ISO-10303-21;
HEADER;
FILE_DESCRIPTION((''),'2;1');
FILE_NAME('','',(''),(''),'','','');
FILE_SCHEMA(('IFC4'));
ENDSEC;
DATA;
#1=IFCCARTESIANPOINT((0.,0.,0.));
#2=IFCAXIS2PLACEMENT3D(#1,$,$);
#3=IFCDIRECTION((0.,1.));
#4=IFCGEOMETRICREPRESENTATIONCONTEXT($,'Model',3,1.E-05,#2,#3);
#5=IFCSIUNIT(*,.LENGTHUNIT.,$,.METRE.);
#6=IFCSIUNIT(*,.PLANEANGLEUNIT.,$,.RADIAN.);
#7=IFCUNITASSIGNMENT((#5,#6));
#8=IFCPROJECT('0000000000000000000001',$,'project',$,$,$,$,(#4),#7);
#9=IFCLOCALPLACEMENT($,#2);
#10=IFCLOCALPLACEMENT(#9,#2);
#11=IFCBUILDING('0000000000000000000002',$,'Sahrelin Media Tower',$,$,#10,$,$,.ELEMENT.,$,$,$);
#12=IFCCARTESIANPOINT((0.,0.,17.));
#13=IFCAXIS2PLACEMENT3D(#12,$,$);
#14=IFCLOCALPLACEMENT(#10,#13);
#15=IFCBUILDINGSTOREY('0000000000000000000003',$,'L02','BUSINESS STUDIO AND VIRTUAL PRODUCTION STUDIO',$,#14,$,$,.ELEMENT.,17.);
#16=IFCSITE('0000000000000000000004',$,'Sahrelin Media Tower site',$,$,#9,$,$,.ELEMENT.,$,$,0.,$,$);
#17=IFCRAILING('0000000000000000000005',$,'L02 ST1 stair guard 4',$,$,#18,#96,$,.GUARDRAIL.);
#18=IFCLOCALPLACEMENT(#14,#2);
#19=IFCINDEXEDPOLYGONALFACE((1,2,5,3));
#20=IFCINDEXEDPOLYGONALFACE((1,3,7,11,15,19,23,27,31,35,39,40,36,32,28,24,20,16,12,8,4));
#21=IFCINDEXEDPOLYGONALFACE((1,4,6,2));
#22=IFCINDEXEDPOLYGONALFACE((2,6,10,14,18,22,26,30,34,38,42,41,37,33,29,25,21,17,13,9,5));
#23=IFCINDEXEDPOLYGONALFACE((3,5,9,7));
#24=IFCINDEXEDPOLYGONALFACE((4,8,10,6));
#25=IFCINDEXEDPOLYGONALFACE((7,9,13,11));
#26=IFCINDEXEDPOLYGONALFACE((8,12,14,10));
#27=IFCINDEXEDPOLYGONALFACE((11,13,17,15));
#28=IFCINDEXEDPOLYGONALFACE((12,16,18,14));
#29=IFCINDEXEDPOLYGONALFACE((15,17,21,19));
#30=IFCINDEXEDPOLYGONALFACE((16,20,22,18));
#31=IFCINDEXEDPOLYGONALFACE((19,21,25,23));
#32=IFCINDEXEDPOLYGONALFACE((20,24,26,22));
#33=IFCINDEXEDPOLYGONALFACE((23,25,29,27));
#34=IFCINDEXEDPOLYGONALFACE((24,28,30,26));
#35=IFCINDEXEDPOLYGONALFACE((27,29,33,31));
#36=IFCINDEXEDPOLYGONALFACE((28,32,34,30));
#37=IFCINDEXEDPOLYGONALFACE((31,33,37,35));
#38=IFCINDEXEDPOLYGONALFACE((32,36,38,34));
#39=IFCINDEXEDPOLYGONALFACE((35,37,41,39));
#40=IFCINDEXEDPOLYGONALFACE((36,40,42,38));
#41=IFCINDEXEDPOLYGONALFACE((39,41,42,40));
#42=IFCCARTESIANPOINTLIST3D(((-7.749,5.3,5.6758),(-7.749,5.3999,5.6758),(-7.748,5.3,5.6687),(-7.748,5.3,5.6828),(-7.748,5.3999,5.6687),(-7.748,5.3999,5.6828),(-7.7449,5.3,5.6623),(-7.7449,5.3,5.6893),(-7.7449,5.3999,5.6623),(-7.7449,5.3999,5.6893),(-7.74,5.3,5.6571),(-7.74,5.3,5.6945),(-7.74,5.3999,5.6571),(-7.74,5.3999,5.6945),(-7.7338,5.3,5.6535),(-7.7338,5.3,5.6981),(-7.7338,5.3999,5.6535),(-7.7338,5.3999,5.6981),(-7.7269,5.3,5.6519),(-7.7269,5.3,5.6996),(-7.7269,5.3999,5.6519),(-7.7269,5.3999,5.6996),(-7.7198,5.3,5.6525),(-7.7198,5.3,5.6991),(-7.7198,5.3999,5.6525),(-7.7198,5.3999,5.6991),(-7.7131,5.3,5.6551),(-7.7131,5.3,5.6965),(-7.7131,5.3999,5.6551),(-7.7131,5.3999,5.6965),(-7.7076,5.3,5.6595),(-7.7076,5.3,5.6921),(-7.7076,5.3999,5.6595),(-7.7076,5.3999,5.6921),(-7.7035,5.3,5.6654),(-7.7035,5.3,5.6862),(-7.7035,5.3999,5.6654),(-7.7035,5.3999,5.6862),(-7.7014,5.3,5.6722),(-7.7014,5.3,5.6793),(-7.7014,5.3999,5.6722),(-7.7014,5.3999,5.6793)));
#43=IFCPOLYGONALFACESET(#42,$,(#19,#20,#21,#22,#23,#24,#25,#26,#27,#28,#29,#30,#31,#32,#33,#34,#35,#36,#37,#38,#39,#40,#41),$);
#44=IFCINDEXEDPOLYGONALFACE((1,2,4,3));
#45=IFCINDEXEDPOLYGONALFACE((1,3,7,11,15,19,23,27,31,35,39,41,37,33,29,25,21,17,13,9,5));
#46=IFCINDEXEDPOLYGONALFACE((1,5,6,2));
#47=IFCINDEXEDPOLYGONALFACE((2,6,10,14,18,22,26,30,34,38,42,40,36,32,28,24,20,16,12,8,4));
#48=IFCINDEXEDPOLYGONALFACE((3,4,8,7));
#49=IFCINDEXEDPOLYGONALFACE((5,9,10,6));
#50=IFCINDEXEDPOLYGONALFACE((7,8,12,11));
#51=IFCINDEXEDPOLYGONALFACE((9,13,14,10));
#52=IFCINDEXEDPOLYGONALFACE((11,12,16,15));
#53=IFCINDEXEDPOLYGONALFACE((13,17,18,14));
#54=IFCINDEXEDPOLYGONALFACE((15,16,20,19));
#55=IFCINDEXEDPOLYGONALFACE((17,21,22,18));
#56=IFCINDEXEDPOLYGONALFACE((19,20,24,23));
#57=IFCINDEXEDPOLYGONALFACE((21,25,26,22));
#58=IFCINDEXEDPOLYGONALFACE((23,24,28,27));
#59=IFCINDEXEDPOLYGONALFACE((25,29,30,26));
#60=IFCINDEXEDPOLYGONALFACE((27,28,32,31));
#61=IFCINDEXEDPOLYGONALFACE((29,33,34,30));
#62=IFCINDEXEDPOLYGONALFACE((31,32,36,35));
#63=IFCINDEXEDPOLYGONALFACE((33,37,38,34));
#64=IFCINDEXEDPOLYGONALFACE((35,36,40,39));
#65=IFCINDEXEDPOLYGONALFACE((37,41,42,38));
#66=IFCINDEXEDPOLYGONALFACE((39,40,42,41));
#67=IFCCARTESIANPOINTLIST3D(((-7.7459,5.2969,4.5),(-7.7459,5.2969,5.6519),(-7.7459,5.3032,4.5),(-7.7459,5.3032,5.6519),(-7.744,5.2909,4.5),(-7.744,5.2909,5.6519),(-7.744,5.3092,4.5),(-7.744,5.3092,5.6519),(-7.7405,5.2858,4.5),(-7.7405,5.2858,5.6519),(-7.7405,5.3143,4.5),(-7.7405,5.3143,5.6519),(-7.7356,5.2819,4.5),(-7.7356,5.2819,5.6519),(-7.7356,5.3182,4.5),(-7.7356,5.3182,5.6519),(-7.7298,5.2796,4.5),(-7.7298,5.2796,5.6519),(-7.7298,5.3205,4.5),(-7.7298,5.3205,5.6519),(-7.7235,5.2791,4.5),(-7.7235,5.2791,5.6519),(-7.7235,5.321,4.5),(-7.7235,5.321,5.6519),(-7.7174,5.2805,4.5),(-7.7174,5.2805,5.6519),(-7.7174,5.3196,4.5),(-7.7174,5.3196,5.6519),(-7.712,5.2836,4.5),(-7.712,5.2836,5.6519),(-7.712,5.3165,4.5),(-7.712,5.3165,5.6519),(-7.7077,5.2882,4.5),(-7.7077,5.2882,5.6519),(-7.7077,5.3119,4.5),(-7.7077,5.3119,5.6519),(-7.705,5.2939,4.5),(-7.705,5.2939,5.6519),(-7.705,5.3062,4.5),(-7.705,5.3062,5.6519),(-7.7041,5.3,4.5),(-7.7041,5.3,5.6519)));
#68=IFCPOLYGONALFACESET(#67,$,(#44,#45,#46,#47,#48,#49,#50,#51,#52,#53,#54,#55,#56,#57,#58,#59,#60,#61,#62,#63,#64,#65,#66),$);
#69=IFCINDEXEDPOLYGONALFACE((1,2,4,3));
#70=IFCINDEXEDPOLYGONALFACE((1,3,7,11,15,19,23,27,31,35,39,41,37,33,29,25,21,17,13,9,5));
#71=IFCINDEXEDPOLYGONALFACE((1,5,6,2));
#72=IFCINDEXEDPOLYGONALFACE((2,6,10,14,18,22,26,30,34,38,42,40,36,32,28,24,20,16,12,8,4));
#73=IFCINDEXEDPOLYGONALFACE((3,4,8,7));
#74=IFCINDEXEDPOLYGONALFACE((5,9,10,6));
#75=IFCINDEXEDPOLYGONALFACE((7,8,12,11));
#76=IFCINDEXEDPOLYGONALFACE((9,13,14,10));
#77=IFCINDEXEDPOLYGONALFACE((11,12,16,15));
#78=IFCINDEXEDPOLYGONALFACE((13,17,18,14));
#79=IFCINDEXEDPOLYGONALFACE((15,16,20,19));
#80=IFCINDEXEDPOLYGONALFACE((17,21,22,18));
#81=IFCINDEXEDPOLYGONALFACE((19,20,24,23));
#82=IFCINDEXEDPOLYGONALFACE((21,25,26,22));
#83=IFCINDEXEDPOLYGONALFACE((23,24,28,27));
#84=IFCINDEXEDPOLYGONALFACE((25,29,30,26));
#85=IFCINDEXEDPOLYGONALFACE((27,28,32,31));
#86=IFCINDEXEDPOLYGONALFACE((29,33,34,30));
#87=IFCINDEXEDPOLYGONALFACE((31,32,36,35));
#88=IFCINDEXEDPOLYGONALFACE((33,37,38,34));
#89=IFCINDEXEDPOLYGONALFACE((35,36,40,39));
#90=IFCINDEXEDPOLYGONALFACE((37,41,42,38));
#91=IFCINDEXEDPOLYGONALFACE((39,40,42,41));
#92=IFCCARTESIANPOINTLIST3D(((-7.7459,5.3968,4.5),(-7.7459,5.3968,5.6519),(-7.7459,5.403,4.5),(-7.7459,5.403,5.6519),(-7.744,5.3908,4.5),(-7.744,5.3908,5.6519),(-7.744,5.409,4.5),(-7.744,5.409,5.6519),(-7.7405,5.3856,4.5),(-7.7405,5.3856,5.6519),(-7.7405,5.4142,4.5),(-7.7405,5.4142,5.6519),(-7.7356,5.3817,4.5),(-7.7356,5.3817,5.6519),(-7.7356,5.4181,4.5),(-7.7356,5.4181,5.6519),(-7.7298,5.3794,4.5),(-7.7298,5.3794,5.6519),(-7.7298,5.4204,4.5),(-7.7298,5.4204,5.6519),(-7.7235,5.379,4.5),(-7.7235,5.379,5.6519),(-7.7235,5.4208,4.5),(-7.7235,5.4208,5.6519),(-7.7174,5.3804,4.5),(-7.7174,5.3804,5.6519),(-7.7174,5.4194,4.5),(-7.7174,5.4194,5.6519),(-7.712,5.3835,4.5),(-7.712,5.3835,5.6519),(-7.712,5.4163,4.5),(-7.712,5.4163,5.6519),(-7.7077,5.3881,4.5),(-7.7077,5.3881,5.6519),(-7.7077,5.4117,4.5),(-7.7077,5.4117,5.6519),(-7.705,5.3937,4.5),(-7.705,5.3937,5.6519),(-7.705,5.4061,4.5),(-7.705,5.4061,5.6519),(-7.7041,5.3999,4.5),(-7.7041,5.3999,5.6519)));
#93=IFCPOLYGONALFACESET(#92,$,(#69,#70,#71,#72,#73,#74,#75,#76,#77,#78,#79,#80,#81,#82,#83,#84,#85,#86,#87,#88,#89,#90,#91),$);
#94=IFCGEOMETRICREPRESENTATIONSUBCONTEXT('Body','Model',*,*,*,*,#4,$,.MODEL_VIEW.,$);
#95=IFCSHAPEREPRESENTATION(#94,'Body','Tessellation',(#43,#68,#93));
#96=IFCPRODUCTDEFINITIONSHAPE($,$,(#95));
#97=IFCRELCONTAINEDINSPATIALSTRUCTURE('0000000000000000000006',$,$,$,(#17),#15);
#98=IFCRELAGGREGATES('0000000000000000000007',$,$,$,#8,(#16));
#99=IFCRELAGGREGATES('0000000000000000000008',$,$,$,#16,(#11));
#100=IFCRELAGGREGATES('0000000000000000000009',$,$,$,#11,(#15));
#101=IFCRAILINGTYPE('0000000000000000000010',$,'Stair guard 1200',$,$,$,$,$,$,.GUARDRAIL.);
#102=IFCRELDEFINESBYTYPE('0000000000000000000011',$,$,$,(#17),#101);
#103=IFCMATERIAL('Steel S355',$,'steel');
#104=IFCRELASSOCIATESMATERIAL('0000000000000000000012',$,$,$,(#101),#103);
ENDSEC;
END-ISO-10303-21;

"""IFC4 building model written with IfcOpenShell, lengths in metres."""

from ifc_helpers import new_model, si_unit, direction, frame, origin, origin_2d, place, context, subcontext, project, spatial, circle, extrude, material, type_object, element, save


model = new_model("IFC4")

# Units and contexts
model_context = context("Model", 3, precision=1e-05, world=origin(), true_north=direction((0.0, 1.0)))
body_context = subcontext(model_context, "Body", "Model", "MODEL_VIEW")
ifc_project = project(units=[si_unit("LENGTHUNIT", "METRE"), si_unit("PLANEANGLEUNIT", "RADIAN")], contexts=[model_context])

# Site, building, storey
site_placement = place(None, origin())
site = spatial("IfcSite", under=ifc_project, at=site_placement, Name="Sahrelin Media Tower site", CompositionType="ELEMENT", RefElevation=0.0)
building_placement = place(site_placement, origin())
building = spatial("IfcBuilding", under=site, at=building_placement, Name="Sahrelin Media Tower", CompositionType="ELEMENT")
storey_placement = place(building_placement, frame((0.0, 0.0, 17.0)))
storey = spatial("IfcBuildingStorey", under=building, at=storey_placement, Name="L02", Description="BUSINESS STUDIO AND VIRTUAL PRODUCTION STUDIO", CompositionType="ELEMENT", Elevation=17.0)

# Railing
ifc_material_1 = material(Name="Steel S355", Category="steel")
railing_type_1 = type_object("IfcRailingType", Name="Stair guard 1200", PredefinedType="GUARDRAIL", material=ifc_material_1)
railing_1_placement = place(storey_placement, frame((-7.7251, 5.3, 4.5)))
element("IfcRailing", 1, at=railing_1_placement, inside=storey, type_object=railing_type_1, Name="L02 ST1 stair guard 4", PredefinedType="GUARDRAIL", context=body_context, shape_type="SweptSolid", body=[
    extrude(circle(Radius=0.0239, at=origin_2d()), frame((0.0, 0.0, 1.1758), z_axis=(0.0, 1.0, 0.0), x_axis=(-1.0, 0.0, 0.0)), (0.0, 0.0, 1.0), 0.0999),
    extrude(circle(Radius=0.021, at=origin_2d()), origin(), (0.0, 0.0, 1.0), 1.1519),
    extrude(circle(Radius=0.021, at=origin_2d()), frame((0.0, 0.0999, 0.0)), (0.0, 0.0, 1.0), 1.1519),
])

save(model, "model.ifc")
